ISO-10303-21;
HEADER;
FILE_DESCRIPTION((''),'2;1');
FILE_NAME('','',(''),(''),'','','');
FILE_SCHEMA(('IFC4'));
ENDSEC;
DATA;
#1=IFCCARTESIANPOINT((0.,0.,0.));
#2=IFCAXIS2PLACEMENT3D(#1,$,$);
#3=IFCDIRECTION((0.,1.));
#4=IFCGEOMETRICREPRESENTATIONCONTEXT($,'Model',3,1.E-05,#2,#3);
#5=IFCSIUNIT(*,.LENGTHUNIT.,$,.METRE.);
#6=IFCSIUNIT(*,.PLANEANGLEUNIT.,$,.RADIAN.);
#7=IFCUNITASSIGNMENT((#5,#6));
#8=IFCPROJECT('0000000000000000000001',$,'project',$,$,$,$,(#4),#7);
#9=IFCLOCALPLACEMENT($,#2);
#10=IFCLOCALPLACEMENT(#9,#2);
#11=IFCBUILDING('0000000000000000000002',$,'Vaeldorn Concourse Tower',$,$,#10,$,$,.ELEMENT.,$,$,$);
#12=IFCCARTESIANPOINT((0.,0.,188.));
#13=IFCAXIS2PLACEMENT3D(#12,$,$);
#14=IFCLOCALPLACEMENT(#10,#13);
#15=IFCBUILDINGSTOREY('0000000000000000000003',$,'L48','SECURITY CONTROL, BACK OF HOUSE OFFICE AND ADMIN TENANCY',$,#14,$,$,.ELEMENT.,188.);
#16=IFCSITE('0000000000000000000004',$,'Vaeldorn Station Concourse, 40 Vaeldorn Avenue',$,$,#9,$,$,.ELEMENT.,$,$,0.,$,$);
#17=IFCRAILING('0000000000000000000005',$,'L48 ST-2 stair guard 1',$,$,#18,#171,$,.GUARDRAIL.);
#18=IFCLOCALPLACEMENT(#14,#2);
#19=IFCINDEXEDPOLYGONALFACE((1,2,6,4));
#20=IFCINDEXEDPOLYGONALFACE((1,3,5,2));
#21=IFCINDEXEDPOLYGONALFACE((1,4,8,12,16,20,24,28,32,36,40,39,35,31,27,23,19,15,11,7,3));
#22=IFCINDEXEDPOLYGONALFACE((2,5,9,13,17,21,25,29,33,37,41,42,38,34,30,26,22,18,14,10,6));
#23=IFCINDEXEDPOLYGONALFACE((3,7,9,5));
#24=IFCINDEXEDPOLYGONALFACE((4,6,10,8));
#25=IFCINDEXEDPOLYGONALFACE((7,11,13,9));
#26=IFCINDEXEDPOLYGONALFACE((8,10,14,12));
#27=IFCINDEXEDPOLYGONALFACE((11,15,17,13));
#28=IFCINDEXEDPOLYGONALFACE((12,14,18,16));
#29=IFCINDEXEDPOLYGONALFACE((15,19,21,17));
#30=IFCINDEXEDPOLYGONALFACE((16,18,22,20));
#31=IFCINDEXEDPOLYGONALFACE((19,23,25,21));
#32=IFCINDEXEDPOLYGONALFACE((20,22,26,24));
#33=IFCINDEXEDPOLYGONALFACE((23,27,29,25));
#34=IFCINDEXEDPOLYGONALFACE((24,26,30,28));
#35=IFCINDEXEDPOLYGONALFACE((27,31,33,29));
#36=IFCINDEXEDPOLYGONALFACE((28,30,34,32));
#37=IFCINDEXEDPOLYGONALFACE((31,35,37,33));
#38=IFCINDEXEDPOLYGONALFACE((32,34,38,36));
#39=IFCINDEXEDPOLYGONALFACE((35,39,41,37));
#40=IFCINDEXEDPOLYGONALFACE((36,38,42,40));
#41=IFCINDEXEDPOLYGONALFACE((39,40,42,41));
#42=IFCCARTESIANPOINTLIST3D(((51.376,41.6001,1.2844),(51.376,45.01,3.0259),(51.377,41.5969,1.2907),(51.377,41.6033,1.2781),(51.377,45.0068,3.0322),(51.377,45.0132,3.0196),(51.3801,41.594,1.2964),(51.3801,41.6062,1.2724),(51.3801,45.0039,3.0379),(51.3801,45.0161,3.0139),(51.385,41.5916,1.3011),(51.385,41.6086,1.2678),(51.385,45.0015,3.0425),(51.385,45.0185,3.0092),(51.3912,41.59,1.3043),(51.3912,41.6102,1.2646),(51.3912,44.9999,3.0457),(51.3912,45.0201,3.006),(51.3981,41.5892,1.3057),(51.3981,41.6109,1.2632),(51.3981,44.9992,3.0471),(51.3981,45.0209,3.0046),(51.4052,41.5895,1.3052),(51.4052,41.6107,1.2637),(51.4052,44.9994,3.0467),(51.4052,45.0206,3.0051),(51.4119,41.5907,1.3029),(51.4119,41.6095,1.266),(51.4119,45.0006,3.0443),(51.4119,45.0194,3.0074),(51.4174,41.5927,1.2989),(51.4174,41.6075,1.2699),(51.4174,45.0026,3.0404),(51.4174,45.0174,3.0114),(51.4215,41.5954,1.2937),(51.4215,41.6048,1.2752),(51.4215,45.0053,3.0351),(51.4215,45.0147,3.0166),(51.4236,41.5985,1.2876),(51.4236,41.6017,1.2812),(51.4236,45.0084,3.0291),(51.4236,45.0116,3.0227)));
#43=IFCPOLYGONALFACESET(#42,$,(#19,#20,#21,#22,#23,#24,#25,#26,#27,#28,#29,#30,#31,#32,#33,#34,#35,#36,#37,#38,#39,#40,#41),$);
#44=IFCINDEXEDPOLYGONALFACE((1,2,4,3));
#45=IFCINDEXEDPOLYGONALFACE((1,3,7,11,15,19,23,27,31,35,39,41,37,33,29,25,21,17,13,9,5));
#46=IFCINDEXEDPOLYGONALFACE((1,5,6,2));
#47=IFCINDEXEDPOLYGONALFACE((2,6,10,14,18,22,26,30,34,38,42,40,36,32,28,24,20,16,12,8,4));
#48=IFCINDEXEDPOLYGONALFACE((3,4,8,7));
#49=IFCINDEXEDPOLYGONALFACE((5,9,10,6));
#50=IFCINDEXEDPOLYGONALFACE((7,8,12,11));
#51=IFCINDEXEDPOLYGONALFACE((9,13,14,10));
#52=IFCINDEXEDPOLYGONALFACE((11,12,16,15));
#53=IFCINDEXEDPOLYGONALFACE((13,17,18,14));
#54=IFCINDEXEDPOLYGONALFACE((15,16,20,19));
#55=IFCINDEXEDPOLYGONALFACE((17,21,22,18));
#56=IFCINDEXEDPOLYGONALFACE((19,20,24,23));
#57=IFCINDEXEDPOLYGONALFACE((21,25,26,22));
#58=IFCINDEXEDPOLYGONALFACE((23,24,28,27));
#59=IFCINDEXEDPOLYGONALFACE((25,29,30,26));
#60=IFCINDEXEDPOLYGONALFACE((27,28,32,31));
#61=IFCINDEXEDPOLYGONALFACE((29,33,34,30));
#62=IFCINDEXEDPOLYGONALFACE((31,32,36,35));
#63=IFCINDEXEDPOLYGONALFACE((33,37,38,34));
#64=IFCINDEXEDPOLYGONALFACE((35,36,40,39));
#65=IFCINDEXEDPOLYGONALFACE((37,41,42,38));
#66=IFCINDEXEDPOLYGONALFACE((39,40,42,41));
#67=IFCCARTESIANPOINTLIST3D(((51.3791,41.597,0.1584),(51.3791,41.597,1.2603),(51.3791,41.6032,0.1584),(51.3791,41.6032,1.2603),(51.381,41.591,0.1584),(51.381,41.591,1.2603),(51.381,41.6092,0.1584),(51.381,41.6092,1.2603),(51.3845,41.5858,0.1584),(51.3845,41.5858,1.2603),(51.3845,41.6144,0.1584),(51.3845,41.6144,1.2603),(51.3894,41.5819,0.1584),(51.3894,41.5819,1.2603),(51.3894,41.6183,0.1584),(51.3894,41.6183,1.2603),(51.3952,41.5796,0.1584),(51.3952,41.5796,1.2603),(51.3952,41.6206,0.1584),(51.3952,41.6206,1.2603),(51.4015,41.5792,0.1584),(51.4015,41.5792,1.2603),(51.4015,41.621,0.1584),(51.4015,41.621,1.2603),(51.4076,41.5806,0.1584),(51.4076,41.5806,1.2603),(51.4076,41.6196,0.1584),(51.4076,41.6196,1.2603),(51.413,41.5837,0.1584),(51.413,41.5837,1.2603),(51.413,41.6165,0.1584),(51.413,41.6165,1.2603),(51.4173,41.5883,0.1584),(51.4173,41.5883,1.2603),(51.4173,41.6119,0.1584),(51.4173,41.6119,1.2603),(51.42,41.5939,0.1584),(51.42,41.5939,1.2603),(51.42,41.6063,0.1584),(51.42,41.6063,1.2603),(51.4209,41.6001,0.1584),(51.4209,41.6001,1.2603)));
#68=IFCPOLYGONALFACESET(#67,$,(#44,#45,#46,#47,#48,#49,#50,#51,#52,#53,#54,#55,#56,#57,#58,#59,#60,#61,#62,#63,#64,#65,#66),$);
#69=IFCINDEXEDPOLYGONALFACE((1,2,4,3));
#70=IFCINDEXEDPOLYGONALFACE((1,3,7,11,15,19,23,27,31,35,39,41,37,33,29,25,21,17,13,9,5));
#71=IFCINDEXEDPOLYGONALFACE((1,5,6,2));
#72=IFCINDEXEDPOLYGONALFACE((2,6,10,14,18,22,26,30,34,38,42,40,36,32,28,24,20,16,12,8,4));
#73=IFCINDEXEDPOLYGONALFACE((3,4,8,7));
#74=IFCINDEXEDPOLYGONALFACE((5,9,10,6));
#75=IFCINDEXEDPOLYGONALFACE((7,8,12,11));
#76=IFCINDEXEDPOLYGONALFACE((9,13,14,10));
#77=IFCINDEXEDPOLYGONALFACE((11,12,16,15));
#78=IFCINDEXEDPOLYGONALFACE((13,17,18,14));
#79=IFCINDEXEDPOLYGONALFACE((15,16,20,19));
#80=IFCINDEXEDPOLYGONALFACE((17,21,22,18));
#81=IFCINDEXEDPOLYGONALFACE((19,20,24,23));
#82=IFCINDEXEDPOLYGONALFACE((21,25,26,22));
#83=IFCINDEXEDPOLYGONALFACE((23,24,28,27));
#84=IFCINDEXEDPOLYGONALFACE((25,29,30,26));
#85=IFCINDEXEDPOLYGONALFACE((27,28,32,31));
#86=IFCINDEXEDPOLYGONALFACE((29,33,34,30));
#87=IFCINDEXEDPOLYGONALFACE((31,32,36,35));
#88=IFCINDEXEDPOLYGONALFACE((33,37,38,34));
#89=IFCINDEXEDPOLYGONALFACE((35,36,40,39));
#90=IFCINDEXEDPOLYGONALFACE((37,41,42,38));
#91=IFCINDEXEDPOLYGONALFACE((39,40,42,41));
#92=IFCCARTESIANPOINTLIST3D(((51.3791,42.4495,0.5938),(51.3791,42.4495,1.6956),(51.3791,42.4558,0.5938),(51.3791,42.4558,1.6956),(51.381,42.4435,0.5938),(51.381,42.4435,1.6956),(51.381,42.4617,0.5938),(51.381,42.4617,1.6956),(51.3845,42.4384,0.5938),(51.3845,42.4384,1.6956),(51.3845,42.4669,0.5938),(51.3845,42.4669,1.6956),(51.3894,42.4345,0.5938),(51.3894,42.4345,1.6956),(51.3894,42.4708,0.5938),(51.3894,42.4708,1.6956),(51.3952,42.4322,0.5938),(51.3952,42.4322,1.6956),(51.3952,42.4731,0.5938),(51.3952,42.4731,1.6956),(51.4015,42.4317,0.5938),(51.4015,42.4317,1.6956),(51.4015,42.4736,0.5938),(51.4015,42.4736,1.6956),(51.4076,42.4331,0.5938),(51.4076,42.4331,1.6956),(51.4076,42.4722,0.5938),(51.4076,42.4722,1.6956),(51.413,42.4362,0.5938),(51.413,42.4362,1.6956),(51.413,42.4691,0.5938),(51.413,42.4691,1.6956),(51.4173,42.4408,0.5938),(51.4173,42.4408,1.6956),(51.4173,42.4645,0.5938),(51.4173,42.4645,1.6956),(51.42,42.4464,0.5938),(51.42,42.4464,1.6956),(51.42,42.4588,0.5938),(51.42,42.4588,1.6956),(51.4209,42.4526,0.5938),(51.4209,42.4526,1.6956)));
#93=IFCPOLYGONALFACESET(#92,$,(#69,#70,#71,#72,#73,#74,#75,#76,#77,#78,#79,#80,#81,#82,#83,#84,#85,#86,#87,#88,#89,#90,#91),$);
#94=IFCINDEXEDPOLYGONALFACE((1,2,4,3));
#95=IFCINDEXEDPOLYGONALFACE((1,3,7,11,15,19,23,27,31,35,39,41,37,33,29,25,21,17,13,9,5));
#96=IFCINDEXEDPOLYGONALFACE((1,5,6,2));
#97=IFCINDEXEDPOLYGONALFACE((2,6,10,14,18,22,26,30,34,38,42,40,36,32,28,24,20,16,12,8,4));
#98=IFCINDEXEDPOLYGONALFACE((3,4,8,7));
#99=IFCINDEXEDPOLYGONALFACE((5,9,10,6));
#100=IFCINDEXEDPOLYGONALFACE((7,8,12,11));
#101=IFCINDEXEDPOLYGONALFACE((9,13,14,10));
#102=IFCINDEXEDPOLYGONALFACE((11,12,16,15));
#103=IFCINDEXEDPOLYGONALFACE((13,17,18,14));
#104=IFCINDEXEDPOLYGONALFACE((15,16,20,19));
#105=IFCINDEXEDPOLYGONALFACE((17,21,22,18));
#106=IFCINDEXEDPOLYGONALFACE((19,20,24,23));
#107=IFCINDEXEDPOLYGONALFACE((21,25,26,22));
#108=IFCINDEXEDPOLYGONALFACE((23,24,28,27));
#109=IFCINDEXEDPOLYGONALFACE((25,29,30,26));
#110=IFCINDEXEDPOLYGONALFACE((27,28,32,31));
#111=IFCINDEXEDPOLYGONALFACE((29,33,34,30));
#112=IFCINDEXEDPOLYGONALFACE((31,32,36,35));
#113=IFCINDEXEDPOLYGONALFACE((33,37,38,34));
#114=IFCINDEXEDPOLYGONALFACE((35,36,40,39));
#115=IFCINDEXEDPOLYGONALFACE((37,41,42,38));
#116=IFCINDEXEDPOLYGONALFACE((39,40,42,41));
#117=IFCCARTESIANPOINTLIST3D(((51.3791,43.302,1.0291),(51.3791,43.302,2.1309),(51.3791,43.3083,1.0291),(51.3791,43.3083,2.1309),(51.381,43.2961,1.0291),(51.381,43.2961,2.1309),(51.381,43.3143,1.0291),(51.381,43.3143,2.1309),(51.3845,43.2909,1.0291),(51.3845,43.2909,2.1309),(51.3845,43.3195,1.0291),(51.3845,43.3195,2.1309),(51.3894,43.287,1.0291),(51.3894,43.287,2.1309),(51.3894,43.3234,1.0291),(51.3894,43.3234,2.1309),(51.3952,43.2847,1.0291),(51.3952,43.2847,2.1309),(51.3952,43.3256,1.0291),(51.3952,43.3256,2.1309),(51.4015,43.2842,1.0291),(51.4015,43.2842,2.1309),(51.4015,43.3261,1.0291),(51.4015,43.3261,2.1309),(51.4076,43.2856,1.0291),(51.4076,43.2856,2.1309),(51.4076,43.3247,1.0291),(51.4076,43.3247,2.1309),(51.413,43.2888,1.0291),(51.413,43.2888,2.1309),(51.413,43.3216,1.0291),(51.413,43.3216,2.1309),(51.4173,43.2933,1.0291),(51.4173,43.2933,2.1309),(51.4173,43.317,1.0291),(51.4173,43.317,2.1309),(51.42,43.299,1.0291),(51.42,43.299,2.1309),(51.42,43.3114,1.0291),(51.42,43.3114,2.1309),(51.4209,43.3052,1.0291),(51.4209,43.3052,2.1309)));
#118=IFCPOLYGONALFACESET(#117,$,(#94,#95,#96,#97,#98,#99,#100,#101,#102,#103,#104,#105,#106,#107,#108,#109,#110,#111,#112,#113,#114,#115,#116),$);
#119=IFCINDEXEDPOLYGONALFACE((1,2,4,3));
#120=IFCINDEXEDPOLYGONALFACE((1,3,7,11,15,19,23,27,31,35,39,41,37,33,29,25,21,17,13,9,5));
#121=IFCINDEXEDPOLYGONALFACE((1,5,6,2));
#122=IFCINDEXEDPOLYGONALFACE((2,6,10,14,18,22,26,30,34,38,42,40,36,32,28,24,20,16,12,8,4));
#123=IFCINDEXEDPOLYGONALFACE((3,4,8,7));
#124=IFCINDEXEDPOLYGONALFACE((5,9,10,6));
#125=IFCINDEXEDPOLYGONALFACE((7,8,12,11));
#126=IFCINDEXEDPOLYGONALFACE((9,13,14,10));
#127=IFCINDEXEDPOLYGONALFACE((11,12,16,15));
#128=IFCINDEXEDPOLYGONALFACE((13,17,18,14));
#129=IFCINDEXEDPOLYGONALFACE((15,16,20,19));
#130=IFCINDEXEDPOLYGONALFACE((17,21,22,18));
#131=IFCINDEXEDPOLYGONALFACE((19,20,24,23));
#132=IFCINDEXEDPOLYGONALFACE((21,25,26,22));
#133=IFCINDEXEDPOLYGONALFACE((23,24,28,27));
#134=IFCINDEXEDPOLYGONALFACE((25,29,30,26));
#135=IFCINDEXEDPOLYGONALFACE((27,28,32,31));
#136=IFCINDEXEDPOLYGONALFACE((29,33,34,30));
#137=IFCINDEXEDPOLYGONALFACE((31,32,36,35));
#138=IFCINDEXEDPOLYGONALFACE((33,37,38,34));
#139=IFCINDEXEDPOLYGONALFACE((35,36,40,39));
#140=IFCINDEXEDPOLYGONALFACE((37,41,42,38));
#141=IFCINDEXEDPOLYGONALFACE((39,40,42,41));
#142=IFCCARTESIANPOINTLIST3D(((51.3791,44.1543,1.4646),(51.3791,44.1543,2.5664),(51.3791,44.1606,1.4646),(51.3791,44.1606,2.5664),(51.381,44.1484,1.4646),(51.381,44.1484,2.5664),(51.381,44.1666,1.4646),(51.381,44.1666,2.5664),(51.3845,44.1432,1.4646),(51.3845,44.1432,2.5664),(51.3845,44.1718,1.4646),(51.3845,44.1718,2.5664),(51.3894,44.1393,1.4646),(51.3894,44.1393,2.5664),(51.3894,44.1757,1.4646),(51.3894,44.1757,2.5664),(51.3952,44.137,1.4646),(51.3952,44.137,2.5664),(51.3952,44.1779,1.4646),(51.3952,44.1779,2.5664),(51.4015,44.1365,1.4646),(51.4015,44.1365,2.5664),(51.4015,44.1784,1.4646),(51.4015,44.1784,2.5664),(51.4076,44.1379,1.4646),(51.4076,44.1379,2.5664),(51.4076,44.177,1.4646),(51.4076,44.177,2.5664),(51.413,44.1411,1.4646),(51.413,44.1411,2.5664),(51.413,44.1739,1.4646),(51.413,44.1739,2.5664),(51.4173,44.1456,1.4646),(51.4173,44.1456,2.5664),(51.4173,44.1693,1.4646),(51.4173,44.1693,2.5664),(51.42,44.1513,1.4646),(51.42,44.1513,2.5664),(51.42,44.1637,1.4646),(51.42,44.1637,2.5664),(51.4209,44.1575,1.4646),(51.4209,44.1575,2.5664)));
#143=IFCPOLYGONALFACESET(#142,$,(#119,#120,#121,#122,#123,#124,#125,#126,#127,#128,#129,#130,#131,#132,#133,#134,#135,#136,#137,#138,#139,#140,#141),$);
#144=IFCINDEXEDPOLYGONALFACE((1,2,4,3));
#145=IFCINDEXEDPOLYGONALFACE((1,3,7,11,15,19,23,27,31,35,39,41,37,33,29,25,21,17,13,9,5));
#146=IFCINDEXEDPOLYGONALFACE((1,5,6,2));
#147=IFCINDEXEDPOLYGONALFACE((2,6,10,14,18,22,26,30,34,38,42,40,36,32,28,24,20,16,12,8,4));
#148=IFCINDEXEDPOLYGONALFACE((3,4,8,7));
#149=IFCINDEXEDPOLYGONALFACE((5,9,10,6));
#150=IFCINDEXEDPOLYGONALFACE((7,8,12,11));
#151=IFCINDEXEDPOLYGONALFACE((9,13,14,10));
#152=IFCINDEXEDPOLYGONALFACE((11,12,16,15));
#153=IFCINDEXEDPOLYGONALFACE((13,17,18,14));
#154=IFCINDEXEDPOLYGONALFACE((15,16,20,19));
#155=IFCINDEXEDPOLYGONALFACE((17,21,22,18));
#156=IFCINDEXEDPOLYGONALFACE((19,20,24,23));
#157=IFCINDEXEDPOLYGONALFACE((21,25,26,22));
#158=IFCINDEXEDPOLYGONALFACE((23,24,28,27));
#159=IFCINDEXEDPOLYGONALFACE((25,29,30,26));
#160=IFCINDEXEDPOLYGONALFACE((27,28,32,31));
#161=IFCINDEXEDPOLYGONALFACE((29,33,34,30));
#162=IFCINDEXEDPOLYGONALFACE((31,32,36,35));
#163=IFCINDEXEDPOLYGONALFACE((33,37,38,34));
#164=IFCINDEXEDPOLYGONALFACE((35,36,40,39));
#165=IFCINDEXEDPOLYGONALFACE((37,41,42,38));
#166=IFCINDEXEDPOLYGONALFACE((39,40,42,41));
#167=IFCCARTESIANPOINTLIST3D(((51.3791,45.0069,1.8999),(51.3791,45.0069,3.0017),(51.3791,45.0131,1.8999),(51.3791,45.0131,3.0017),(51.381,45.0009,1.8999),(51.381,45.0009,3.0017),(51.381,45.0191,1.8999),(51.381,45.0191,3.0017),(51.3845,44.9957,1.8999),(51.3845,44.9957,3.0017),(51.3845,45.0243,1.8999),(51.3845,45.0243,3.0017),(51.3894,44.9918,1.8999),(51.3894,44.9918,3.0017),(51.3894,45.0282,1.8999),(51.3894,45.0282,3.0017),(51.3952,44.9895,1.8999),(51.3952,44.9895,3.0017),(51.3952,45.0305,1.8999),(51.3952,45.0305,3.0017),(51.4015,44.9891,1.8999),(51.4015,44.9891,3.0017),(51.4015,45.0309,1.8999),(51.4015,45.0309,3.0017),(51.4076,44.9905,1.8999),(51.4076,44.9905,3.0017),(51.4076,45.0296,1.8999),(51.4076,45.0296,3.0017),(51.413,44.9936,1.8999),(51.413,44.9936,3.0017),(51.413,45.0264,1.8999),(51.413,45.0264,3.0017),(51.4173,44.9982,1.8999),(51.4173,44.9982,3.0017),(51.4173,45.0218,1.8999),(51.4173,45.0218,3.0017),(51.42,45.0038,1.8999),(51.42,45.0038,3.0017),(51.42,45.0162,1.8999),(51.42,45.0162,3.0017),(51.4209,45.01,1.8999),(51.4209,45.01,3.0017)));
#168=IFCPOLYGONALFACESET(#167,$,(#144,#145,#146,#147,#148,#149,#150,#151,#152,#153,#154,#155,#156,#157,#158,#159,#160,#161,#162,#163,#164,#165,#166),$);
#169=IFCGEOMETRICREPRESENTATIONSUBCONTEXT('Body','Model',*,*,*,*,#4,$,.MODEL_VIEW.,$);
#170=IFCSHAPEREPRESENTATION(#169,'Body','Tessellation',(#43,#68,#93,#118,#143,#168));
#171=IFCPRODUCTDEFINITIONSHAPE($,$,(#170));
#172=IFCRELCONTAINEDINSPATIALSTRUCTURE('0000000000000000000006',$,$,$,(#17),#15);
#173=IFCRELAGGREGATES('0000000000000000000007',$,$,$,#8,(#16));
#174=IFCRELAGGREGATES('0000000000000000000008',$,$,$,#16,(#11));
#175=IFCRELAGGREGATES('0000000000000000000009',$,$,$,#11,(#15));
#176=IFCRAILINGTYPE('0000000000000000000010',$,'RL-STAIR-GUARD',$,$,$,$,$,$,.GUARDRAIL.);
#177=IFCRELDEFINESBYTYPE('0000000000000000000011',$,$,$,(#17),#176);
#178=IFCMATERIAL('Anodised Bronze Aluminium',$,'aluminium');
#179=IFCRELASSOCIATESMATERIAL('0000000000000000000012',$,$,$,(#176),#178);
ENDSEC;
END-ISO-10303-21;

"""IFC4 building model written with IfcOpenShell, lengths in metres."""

from ifc_helpers import new_model, si_unit, direction, frame, origin, origin_2d, place, context, subcontext, project, spatial, circle, extrude, material, type_object, element, save


model = new_model("IFC4")

# Units and contexts
model_context = context("Model", 3, precision=1e-05, world=origin(), true_north=direction((0.0, 1.0)))
body_context = subcontext(model_context, "Body", "Model", "MODEL_VIEW")
ifc_project = project(units=[si_unit("LENGTHUNIT", "METRE"), si_unit("PLANEANGLEUNIT", "RADIAN")], contexts=[model_context])

# Site, building, storey
site_placement = place(None, origin())
site = spatial("IfcSite", under=ifc_project, at=site_placement, Name="Vaeldorn Station Concourse, 40 Vaeldorn Avenue", CompositionType="ELEMENT", RefElevation=0.0)
building_placement = place(site_placement, origin())
building = spatial("IfcBuilding", under=site, at=building_placement, Name="Vaeldorn Concourse Tower", CompositionType="ELEMENT")
storey_placement = place(building_placement, frame((0.0, 0.0, 188.0)))
storey = spatial("IfcBuildingStorey", under=building, at=storey_placement, Name="L48", Description="SECURITY CONTROL, BACK OF HOUSE OFFICE AND ADMIN TENANCY", CompositionType="ELEMENT", Elevation=188.0)

# Shared definitions
ifc_material_1 = material(Name="Anodised Bronze Aluminium", Category="aluminium")

# Railing
railing_type_1 = type_object("IfcRailingType", Name="RL-STAIR-GUARD", PredefinedType="GUARDRAIL", material=ifc_material_1)
railing_1_placement = place(storey_placement, frame((51.3999, 41.6001, 0.1584)))
element("IfcRailing", 1, at=railing_1_placement, inside=storey, type_object=railing_type_1, Name="L48 ST-2 stair guard 1", PredefinedType="GUARDRAIL", context=body_context, shape_type="SweptSolid", body=[
    extrude(circle(Radius=0.0239, at=origin_2d()), frame((0.0, 0.0, 1.126), z_axis=(0.0, 0.890582, 0.454823), x_axis=(-1.0, 0.0, 0.0)), (0.0, 0.0, 1.0), 3.8289),
    extrude(circle(Radius=0.021, at=origin_2d()), origin(), (0.0, 0.0, 1.0), 1.1018),
    extrude(circle(Radius=0.021, at=origin_2d()), frame((0.0, 0.8525, 0.4353)), (0.0, 0.0, 1.0), 1.1018),
    extrude(circle(Radius=0.021, at=origin_2d()), frame((0.0, 1.7051, 0.8706)), (0.0, 0.0, 1.0), 1.1018),
    extrude(circle(Radius=0.021, at=origin_2d()), frame((0.0, 2.5574, 1.3062)), (0.0, 0.0, 1.0), 1.1018),
    extrude(circle(Radius=0.021, at=origin_2d()), frame((0.0, 3.4099, 1.7415)), (0.0, 0.0, 1.0), 1.1018),
])

save(model, "model.ifc")
